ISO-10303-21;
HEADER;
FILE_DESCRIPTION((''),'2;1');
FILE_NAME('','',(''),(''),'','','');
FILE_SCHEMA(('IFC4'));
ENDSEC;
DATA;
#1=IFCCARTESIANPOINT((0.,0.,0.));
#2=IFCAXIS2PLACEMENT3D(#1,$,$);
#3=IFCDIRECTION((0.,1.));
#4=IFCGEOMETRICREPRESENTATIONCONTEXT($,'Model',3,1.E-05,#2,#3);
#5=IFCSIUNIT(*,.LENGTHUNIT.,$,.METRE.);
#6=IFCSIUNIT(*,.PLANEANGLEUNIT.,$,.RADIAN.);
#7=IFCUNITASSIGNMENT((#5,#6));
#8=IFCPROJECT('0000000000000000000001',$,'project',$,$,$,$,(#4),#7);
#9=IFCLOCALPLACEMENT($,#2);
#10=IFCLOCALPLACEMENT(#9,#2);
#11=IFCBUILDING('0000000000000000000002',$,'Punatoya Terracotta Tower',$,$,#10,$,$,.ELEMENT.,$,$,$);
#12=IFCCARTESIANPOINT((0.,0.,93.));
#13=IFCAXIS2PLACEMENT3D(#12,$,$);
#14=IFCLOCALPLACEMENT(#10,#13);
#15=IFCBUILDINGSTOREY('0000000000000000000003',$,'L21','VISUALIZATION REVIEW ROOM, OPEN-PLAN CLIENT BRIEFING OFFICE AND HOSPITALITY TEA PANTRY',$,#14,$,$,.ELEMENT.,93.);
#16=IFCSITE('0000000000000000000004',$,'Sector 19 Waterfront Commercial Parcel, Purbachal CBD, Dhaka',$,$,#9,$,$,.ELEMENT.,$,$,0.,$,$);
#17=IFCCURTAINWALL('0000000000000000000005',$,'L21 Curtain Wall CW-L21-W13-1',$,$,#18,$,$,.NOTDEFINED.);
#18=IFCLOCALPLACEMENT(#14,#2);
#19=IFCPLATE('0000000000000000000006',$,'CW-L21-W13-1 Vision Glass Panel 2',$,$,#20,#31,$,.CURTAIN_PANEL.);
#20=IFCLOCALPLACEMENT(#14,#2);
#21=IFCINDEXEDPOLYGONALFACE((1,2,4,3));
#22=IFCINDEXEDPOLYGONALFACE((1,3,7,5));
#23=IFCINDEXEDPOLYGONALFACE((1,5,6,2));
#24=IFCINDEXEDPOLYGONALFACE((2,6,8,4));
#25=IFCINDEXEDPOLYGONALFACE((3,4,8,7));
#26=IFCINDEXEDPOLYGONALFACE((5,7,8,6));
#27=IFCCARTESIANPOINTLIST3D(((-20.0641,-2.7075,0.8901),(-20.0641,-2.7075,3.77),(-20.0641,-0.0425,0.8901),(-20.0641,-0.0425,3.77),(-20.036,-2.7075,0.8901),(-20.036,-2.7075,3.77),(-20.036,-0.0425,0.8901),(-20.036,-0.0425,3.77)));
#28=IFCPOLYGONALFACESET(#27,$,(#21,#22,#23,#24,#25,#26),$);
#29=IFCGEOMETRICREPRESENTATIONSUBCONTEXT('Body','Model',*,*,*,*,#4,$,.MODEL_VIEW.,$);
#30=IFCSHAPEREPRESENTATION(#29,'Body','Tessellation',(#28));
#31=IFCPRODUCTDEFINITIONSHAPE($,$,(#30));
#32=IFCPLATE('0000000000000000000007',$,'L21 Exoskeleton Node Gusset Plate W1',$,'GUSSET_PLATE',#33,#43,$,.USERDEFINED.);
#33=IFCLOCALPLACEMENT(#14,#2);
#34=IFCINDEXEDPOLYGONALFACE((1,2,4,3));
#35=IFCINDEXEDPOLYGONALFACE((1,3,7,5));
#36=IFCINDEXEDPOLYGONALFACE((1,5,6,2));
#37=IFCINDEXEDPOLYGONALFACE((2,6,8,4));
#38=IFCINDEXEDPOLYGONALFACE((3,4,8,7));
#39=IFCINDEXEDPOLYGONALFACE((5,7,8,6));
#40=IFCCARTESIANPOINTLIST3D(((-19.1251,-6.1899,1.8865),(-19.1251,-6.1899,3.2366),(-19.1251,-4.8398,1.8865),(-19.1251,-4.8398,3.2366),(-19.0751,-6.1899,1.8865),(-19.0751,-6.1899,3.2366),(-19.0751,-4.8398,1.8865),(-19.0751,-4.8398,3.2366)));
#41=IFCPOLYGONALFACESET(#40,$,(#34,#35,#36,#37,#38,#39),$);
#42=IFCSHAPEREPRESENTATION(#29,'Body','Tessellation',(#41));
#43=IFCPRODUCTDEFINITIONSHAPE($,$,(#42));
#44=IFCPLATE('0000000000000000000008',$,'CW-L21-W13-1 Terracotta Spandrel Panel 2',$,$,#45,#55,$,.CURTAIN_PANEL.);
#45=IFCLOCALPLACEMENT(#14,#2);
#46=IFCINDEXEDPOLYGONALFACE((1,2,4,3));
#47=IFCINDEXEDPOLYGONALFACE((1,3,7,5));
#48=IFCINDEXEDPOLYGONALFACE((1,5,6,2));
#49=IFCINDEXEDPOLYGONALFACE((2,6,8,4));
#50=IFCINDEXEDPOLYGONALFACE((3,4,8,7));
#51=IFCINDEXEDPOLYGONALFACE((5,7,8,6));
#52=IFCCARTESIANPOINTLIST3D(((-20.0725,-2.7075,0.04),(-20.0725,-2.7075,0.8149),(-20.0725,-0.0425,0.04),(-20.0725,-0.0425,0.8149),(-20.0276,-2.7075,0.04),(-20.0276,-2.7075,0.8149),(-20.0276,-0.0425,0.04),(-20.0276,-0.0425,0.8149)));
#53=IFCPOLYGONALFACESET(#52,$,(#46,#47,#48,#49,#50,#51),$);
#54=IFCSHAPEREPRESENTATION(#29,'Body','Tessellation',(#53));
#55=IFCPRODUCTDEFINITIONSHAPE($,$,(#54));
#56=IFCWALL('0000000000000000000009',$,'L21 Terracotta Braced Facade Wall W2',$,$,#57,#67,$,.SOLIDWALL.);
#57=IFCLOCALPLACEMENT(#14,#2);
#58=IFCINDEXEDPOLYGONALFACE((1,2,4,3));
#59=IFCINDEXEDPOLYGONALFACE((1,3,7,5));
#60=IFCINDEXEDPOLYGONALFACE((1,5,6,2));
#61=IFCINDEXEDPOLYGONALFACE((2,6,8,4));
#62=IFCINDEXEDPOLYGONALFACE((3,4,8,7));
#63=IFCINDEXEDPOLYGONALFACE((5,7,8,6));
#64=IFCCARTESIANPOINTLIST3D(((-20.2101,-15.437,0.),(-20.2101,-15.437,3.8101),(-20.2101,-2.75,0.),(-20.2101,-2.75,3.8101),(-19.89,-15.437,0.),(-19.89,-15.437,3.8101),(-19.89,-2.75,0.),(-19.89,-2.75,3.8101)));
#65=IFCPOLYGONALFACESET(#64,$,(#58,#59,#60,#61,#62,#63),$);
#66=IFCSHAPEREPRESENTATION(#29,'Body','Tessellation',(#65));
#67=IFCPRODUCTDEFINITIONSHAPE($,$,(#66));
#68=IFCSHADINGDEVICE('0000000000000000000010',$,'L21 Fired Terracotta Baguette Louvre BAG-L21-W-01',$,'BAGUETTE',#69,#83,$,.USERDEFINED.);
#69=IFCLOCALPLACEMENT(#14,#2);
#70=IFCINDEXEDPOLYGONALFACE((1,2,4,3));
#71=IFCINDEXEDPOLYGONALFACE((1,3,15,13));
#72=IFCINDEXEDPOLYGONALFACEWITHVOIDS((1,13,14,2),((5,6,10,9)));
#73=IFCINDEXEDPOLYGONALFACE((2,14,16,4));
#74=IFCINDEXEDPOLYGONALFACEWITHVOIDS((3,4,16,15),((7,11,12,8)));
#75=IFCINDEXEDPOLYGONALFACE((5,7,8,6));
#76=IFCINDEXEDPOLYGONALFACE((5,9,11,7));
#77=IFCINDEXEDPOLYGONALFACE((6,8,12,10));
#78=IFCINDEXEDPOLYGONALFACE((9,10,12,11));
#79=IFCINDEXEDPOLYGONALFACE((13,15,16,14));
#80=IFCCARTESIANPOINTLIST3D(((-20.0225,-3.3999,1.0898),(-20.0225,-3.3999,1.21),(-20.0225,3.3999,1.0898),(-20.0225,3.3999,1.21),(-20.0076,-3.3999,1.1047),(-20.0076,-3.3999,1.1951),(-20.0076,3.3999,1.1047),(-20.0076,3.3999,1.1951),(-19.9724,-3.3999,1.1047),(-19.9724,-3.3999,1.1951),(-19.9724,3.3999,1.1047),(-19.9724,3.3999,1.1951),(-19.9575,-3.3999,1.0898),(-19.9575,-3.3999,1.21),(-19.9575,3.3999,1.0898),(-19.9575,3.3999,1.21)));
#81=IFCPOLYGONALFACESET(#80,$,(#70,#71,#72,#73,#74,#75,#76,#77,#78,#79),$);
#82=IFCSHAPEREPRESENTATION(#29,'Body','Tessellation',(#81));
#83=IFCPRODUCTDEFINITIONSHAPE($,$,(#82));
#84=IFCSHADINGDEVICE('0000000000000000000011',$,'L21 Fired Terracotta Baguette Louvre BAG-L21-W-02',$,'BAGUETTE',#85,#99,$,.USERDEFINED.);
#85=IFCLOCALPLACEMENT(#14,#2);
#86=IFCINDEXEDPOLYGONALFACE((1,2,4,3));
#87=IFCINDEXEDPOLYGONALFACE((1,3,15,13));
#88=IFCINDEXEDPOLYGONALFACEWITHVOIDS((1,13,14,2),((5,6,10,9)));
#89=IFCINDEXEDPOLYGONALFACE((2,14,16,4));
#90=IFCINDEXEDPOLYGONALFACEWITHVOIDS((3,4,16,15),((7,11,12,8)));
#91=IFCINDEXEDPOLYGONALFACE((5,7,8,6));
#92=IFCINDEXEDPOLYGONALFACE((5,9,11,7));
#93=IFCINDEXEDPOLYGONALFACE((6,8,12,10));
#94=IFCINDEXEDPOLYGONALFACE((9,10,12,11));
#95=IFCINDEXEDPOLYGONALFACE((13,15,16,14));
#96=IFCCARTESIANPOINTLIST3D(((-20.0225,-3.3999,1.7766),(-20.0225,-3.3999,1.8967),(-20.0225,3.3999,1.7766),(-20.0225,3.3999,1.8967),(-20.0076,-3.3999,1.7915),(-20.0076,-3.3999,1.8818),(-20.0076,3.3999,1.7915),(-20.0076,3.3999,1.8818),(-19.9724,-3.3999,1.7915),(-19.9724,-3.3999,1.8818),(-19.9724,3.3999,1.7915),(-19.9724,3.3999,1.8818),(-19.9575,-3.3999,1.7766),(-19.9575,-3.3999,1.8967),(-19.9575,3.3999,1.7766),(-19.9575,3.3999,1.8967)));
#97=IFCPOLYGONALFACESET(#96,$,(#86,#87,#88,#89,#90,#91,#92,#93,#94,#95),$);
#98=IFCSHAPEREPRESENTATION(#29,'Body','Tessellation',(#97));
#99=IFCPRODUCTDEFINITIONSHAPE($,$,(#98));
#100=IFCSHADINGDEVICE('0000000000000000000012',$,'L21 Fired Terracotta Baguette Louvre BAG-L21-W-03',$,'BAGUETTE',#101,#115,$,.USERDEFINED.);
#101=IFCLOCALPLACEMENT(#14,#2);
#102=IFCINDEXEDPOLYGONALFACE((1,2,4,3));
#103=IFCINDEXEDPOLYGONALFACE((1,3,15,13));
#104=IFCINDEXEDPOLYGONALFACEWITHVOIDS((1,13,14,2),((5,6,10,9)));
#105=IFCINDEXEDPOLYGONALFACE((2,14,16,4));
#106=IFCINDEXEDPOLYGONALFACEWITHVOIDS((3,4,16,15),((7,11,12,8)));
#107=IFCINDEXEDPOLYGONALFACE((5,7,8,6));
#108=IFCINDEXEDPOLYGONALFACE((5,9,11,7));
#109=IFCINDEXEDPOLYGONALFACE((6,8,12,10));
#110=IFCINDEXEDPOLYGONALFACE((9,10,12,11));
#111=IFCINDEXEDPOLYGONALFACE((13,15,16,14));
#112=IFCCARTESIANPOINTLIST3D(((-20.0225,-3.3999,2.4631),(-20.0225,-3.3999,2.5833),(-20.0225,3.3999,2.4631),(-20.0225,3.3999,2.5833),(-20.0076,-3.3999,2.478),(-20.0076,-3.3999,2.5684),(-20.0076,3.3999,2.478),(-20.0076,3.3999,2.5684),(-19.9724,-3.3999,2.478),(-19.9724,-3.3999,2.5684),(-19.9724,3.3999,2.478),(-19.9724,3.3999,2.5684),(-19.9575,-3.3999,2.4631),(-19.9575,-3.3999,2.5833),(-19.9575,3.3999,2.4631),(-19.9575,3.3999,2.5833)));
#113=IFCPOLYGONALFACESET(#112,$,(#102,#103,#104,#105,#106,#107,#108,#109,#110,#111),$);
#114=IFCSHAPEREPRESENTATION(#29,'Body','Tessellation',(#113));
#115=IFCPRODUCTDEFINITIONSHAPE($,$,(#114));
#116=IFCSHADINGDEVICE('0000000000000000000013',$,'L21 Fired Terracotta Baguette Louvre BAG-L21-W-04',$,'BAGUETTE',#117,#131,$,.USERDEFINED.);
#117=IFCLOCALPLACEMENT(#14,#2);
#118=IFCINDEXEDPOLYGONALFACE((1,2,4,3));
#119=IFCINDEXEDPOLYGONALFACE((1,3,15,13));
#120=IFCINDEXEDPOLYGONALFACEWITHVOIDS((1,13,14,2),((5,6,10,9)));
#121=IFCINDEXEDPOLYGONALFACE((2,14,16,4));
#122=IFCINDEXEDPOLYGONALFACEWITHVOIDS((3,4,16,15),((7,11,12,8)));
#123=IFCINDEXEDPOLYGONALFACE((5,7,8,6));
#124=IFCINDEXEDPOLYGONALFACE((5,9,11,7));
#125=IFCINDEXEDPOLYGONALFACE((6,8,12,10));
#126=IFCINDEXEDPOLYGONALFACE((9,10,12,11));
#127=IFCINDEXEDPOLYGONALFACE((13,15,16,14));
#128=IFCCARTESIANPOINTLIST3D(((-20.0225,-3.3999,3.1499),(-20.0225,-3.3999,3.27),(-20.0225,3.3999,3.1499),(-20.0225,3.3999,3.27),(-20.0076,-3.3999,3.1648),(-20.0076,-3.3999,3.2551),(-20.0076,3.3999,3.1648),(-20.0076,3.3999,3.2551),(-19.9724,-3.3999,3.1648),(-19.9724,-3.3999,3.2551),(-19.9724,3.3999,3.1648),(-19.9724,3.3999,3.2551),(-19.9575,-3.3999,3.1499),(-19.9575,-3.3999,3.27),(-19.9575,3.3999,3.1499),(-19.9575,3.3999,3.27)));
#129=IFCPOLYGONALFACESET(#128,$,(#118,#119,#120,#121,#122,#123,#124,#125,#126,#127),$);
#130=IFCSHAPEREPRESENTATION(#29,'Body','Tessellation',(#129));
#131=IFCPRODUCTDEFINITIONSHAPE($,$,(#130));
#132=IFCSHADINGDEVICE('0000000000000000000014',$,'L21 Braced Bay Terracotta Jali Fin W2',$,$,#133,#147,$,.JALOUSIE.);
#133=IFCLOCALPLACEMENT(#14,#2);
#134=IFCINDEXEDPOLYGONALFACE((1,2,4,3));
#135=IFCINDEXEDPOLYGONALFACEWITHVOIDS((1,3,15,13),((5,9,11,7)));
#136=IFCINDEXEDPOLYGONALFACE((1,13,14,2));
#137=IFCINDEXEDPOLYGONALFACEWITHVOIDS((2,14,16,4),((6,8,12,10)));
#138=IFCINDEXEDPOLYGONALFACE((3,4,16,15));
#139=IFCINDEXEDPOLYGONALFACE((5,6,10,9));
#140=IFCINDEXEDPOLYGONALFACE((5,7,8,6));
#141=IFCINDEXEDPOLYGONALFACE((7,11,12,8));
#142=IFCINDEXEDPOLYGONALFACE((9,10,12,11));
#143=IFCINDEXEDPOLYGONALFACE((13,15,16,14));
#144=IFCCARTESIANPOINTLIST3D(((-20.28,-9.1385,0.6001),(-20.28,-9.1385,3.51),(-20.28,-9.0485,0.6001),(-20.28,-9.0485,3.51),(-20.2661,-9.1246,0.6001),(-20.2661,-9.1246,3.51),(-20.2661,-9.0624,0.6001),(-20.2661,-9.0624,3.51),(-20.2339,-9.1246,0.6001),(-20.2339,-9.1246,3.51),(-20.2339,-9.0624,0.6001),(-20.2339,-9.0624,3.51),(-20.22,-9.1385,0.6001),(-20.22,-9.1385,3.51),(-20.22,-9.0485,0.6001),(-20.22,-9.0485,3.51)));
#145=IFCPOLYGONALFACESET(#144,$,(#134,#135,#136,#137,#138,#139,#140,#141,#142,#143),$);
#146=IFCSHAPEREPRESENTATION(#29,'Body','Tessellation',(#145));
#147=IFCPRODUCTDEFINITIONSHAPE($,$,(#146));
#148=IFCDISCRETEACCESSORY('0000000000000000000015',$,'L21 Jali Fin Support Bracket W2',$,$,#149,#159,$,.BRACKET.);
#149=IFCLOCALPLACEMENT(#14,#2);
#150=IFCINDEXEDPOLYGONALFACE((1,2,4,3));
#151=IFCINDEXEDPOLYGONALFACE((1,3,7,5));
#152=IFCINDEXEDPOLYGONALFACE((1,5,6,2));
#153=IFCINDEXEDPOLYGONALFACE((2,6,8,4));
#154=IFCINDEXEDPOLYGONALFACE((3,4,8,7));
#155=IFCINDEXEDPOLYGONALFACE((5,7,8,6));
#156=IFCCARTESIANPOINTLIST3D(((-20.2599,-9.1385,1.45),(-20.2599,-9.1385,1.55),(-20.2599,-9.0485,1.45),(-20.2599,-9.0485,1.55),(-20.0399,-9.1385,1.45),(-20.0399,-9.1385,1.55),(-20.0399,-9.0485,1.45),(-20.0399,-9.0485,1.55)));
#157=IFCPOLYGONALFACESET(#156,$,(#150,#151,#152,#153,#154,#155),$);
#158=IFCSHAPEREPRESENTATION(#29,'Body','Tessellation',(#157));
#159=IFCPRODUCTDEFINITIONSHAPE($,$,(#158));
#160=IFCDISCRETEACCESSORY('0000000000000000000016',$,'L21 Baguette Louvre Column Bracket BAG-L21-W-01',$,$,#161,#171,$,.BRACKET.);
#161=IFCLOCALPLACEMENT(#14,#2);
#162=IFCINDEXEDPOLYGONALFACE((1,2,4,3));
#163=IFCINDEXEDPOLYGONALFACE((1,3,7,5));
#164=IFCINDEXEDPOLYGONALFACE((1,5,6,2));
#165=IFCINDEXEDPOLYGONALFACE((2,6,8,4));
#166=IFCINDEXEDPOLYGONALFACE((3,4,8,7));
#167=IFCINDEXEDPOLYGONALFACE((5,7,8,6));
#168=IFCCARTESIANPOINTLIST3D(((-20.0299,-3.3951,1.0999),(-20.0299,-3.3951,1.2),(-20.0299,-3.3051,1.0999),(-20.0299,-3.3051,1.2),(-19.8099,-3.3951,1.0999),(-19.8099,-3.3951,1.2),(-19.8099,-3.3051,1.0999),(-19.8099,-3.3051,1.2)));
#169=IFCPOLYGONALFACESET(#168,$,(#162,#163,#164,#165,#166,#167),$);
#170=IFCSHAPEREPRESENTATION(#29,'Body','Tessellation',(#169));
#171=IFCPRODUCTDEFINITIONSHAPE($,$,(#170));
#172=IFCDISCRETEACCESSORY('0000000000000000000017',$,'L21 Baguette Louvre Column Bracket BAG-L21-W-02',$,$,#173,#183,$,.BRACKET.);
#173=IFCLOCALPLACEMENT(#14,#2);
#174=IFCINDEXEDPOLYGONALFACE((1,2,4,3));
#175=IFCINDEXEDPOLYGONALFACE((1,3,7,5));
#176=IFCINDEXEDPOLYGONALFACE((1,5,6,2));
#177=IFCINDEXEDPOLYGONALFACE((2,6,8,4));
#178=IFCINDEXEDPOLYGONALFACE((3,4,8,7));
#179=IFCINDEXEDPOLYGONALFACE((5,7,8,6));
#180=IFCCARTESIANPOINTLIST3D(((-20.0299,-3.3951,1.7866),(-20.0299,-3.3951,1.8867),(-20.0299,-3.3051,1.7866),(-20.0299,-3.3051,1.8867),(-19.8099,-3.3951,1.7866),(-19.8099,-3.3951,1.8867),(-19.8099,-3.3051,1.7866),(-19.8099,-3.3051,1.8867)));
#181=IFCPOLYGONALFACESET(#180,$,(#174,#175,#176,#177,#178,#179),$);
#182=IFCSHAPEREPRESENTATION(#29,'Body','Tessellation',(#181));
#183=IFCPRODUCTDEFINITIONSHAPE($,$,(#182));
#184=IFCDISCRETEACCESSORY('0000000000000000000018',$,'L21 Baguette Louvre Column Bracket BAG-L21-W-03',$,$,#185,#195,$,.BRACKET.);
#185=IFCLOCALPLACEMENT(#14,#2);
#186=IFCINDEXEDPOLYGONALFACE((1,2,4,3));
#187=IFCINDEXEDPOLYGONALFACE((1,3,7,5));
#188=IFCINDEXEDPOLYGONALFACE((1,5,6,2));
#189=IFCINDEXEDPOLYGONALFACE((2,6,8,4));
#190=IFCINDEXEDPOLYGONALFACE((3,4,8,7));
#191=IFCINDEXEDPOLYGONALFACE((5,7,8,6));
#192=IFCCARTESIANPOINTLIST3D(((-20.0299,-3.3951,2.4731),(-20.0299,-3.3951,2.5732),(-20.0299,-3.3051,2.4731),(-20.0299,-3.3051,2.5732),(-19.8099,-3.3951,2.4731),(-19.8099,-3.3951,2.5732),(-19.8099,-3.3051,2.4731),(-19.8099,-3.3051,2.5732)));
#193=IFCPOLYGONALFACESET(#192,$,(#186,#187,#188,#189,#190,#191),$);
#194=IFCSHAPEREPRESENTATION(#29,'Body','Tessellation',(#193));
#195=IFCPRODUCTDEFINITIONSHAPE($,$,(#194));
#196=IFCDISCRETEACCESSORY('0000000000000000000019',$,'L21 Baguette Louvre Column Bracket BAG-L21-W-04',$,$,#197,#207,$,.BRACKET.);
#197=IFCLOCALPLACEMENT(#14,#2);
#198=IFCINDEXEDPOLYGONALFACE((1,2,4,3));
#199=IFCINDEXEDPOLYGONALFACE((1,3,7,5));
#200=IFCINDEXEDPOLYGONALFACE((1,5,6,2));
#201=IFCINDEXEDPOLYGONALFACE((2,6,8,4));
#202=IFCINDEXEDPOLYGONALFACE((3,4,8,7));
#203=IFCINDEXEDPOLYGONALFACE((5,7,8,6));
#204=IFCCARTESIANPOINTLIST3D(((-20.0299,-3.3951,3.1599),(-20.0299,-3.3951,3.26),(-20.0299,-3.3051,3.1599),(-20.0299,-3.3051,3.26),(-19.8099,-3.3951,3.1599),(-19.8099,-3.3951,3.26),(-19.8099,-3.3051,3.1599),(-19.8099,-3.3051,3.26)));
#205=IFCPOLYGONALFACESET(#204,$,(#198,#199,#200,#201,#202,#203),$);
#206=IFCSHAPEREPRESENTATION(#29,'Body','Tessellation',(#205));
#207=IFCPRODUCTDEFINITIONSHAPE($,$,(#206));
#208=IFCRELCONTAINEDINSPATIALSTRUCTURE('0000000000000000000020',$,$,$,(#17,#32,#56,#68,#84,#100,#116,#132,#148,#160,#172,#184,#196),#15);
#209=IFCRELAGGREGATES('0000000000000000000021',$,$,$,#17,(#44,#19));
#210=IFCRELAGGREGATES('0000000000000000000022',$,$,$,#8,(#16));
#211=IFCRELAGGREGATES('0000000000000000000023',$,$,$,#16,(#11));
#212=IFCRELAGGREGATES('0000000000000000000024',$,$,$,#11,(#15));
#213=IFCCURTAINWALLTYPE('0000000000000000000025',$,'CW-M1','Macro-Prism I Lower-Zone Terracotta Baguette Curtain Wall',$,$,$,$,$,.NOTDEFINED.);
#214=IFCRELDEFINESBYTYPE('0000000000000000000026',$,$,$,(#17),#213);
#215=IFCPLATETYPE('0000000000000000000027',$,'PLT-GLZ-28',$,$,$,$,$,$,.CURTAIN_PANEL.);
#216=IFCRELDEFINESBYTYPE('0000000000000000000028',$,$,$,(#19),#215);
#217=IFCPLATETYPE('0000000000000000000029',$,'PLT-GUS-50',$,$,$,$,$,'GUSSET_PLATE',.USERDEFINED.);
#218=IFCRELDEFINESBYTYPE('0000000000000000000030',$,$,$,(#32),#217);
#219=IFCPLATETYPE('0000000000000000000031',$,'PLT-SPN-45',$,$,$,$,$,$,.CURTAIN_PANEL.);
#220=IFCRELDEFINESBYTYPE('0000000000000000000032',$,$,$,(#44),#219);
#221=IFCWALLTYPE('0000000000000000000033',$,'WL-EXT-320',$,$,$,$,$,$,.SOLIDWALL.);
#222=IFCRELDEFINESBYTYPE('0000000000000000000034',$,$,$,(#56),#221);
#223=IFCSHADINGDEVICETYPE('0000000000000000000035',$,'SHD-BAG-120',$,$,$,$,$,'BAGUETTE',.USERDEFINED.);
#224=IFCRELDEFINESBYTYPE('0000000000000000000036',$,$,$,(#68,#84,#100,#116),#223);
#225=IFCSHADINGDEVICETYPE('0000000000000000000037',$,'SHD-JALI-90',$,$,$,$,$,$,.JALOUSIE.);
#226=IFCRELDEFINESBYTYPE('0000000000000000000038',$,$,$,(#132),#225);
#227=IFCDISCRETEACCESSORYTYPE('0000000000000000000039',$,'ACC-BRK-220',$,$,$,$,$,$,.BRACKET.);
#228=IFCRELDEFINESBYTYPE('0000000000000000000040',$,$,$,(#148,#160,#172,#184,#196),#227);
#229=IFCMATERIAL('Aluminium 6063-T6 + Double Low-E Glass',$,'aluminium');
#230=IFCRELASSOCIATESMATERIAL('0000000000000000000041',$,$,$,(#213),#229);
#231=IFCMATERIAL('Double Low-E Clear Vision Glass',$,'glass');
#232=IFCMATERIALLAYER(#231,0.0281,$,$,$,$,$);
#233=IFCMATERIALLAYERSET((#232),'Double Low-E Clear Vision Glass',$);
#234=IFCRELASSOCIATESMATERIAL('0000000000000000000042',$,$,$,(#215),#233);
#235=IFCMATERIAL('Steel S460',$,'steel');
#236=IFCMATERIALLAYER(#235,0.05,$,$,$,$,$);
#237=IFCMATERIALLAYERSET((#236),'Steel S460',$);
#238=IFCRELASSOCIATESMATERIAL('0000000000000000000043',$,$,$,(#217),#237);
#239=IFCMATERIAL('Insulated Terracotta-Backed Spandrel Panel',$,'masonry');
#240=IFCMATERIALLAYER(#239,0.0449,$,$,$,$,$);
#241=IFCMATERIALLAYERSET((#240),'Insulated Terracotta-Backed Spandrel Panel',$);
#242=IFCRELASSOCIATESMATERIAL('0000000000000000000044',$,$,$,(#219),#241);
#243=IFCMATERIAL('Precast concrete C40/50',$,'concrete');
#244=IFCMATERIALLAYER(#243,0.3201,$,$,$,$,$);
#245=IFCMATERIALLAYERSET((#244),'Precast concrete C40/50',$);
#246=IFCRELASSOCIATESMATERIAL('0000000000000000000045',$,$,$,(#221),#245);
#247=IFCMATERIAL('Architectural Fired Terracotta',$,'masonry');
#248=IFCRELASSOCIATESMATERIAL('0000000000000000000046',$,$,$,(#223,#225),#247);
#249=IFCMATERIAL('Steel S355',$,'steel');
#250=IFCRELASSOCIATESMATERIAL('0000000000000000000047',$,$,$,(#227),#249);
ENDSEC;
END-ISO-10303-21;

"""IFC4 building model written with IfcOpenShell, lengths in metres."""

from ifc_helpers import new_model, si_unit, direction, frame, frame_2d, origin, origin_2d, place, context, subcontext, project, spatial, rectangle, hollow_rectangle, extrude, material, layer, layer_set, material_profile, profile_set, type_object, element, aggregate, save


model = new_model("IFC4")

# Units and contexts
model_context = context("Model", 3, precision=1e-05, world=origin(), true_north=direction((0.0, 1.0)))
body_context = subcontext(model_context, "Body", "Model", "MODEL_VIEW")
ifc_project = project(units=[si_unit("LENGTHUNIT", "METRE"), si_unit("PLANEANGLEUNIT", "RADIAN")], contexts=[model_context])

# Site, building, storey
site_placement = place(None, origin())
site = spatial("IfcSite", under=ifc_project, at=site_placement, Name="Sector 19 Waterfront Commercial Parcel, Purbachal CBD, Dhaka", CompositionType="ELEMENT", RefElevation=0.0)
building_placement = place(site_placement, origin())
building = spatial("IfcBuilding", under=site, at=building_placement, Name="Punatoya Terracotta Tower", CompositionType="ELEMENT")
storey_placement = place(building_placement, frame((0.0, 0.0, 93.0)))
storey = spatial("IfcBuildingStorey", under=building, at=storey_placement, Name="L21", Description="VISUALIZATION REVIEW ROOM, OPEN-PLAN CLIENT BRIEFING OFFICE AND HOSPITALITY TEA PANTRY", CompositionType="ELEMENT", Elevation=93.0)

# Shared definitions
ifc_material_1 = material(Name="Steel S460", Category="steel")

# Curtain wall
ifc_material_2 = material(Name="Aluminium 6063-T6 + Double Low-E Glass", Category="aluminium")
curtain_wall_type = type_object("IfcCurtainWallType", Name="CW-M1", Description="Macro-Prism I Lower-Zone Terracotta Baguette Curtain Wall", PredefinedType="NOTDEFINED", material=ifc_material_2)
curtain_wall_placement = place(storey_placement, origin())
curtain_wall = element("IfcCurtainWall", 1, at=curtain_wall_placement, inside=storey, type_object=curtain_wall_type, Name="L21 Curtain Wall CW-L21-W13-1", PredefinedType="NOTDEFINED")

# Shared definitions
ifc_material_3 = material(Name="Steel S355", Category="steel")

# Plates
ifc_material_4 = material(Name="Double Low-E Clear Vision Glass", Category="glass")
ifc_layer_1 = layer(ifc_material_4, 0.0281)
ifc_layer_set_1 = layer_set([ifc_layer_1], Name="Double Low-E Clear Vision Glass")
plate_type_1 = type_object("IfcPlateType", Name="PLT-GLZ-28", PredefinedType="CURTAIN_PANEL", material=ifc_layer_set_1)
plate_1_placement = place(storey_placement, frame((-20.05, -1.375, 0.8901), z_axis=(0.0, 0.0, 1.0), x_axis=(0.0, -1.0, 0.0)))
plate_1 = element("IfcPlate", 2, at=plate_1_placement, type_object=plate_type_1, Name="CW-L21-W13-1 Vision Glass Panel 2", PredefinedType="CURTAIN_PANEL", context=body_context, shape_type="SweptSolid", body=[
    extrude(rectangle(XDim=2.665, YDim=0.0281, at=origin_2d()), origin(), (0.0, 0.0, 1.0), 2.8799),
])
ifc_layer_2 = layer(ifc_material_1, 0.05)
ifc_layer_set_2 = layer_set([ifc_layer_2], Name="Steel S460")
plate_type_2 = type_object("IfcPlateType", Name="PLT-GUS-50", ElementType="GUSSET_PLATE", PredefinedType="USERDEFINED", material=ifc_layer_set_2)
plate_2_placement = place(storey_placement, frame((-19.1001, -5.5149, 1.8865), z_axis=(0.0, 0.0, 1.0), x_axis=(0.0, 1.0, 0.0)))
element("IfcPlate", 3, at=plate_2_placement, inside=storey, type_object=plate_type_2, Name="L21 Exoskeleton Node Gusset Plate W1", ObjectType="GUSSET_PLATE", PredefinedType="USERDEFINED", context=body_context, shape_type="SweptSolid", body=[
    extrude(rectangle(XDim=1.3501, YDim=0.05, at=origin_2d()), origin(), (0.0, 0.0, 1.0), 1.3501),
])
ifc_material_5 = material(Name="Insulated Terracotta-Backed Spandrel Panel", Category="masonry")
ifc_layer_3 = layer(ifc_material_5, 0.0449)
ifc_layer_set_3 = layer_set([ifc_layer_3], Name="Insulated Terracotta-Backed Spandrel Panel")
plate_type_3 = type_object("IfcPlateType", Name="PLT-SPN-45", PredefinedType="CURTAIN_PANEL", material=ifc_layer_set_3)
plate_3_placement = place(storey_placement, frame((-20.05, -1.375, 0.04), z_axis=(0.0, 0.0, 1.0), x_axis=(0.0, -1.0, 0.0)))
plate_3 = element("IfcPlate", 4, at=plate_3_placement, type_object=plate_type_3, Name="CW-L21-W13-1 Terracotta Spandrel Panel 2", PredefinedType="CURTAIN_PANEL", context=body_context, shape_type="SweptSolid", body=[
    extrude(rectangle(XDim=2.665, YDim=0.0449, at=origin_2d()), origin(), (0.0, 0.0, 1.0), 0.7749),
])
aggregate(curtain_wall, [plate_3, plate_1])

# Wall
ifc_material_6 = material(Name="Precast concrete C40/50", Category="concrete")
ifc_layer_4 = layer(ifc_material_6, 0.3201)
ifc_layer_set_4 = layer_set([ifc_layer_4], Name="Precast concrete C40/50")
wall_type = type_object("IfcWallType", Name="WL-EXT-320", PredefinedType="SOLIDWALL", material=ifc_layer_set_4)
wall_placement = place(storey_placement, frame((-20.05, -2.75, 0.0), z_axis=(0.0, 0.0, 1.0), x_axis=(0.0, -1.0, 0.0)))
element("IfcWall", 5, at=wall_placement, inside=storey, type_object=wall_type, Name="L21 Terracotta Braced Facade Wall W2", PredefinedType="SOLIDWALL", context=body_context, shape_type="SweptSolid", body=[
    extrude(rectangle(XDim=12.687, YDim=0.3201, at=frame_2d((6.3435, 0.0))), origin(), (0.0, 0.0, 1.0), 3.8101),
])

# Shading devices
ifc_material_7 = material(Name="Architectural Fired Terracotta", Category="masonry")
ifc_material_profile_1 = material_profile(ifc_material_7, hollow_rectangle(XDim=0.0649, YDim=0.1201, WallThickness=0.0149, at=origin_2d()))
ifc_profile_set_1 = profile_set([ifc_material_profile_1], Name="Architectural Fired Terracotta")
shading_device_type_1 = type_object("IfcShadingDeviceType", Name="SHD-BAG-120", ElementType="BAGUETTE", PredefinedType="USERDEFINED", material=ifc_profile_set_1)
for number, where, z_axis, x_axis, name in (
    (6, (-19.99, -3.3999, 1.1499), (0.0, 1.0, 0.0), (-1.0, 0.0, 0.0), "L21 Fired Terracotta Baguette Louvre BAG-L21-W-01"),
    (7, (-19.99, -3.3999, 1.8367), (0.0, 1.0, 0.0), (-1.0, 0.0, 0.0), "L21 Fired Terracotta Baguette Louvre BAG-L21-W-02"),
    (8, (-19.99, -3.3999, 2.5232), (0.0, 1.0, 0.0), (-1.0, 0.0, 0.0), "L21 Fired Terracotta Baguette Louvre BAG-L21-W-03"),
    (9, (-19.99, -3.3999, 3.21), (0.0, 1.0, 0.0), (-1.0, 0.0, 0.0), "L21 Fired Terracotta Baguette Louvre BAG-L21-W-04"),
):
    element("IfcShadingDevice", number, at=place(storey_placement, frame(where, z_axis=z_axis, x_axis=x_axis)), inside=storey, type_object=shading_device_type_1, Name=name, ObjectType="BAGUETTE", PredefinedType="USERDEFINED", context=body_context, shape_type="SweptSolid", body=[
        extrude(hollow_rectangle(XDim=0.0649, YDim=0.1201, WallThickness=0.0149, at=origin_2d()), origin(), (0.0, 0.0, 1.0), 6.7998),
    ])
ifc_material_profile_2 = material_profile(ifc_material_7, hollow_rectangle(XDim=0.0601, YDim=0.0901, WallThickness=0.0139, at=origin_2d()))
ifc_profile_set_2 = profile_set([ifc_material_profile_2], Name="Architectural Fired Terracotta")
shading_device_type_2 = type_object("IfcShadingDeviceType", Name="SHD-JALI-90", PredefinedType="JALOUSIE", material=ifc_profile_set_2)
shading_device_placement = place(storey_placement, frame((-20.25, -9.0935, 0.6001), z_axis=(0.0, 0.0, 1.0), x_axis=(1.0, 0.0, 0.0)))
element("IfcShadingDevice", 10, at=shading_device_placement, inside=storey, type_object=shading_device_type_2, Name="L21 Braced Bay Terracotta Jali Fin W2", PredefinedType="JALOUSIE", context=body_context, shape_type="SweptSolid", body=[
    extrude(hollow_rectangle(XDim=0.0601, YDim=0.0901, WallThickness=0.0139, at=origin_2d()), origin(), (0.0, 0.0, 1.0), 2.9099),
])

# Discrete accessories
discrete_accessory_type = type_object("IfcDiscreteAccessoryType", Name="ACC-BRK-220", PredefinedType="BRACKET", material=ifc_material_3)
for number, where, z_axis, x_axis, name in (
    (11, (-20.1499, -9.0935, 1.45), (0.0, 0.0, 1.0), (0.0, -1.0, 0.0), "L21 Jali Fin Support Bracket W2"),
    (12, (-19.9199, -3.3501, 1.0999), (0.0, 0.0, 1.0), (0.0, 1.0, 0.0), "L21 Baguette Louvre Column Bracket BAG-L21-W-01"),
    (13, (-19.9199, -3.3501, 1.7866), (0.0, 0.0, 1.0), (0.0, 1.0, 0.0), "L21 Baguette Louvre Column Bracket BAG-L21-W-02"),
    (14, (-19.9199, -3.3501, 2.4731), (0.0, 0.0, 1.0), (0.0, 1.0, 0.0), "L21 Baguette Louvre Column Bracket BAG-L21-W-03"),
    (15, (-19.9199, -3.3501, 3.1599), (0.0, 0.0, 1.0), (0.0, 1.0, 0.0), "L21 Baguette Louvre Column Bracket BAG-L21-W-04"),
):
    element("IfcDiscreteAccessory", number, at=place(storey_placement, frame(where, z_axis=z_axis, x_axis=x_axis)), inside=storey, type_object=discrete_accessory_type, Name=name, PredefinedType="BRACKET", context=body_context, shape_type="SweptSolid", body=[
        extrude(rectangle(XDim=0.0901, YDim=0.22, at=origin_2d()), origin(), (0.0, 0.0, 1.0), 0.1001),
    ])

save(model, "model.ifc")
